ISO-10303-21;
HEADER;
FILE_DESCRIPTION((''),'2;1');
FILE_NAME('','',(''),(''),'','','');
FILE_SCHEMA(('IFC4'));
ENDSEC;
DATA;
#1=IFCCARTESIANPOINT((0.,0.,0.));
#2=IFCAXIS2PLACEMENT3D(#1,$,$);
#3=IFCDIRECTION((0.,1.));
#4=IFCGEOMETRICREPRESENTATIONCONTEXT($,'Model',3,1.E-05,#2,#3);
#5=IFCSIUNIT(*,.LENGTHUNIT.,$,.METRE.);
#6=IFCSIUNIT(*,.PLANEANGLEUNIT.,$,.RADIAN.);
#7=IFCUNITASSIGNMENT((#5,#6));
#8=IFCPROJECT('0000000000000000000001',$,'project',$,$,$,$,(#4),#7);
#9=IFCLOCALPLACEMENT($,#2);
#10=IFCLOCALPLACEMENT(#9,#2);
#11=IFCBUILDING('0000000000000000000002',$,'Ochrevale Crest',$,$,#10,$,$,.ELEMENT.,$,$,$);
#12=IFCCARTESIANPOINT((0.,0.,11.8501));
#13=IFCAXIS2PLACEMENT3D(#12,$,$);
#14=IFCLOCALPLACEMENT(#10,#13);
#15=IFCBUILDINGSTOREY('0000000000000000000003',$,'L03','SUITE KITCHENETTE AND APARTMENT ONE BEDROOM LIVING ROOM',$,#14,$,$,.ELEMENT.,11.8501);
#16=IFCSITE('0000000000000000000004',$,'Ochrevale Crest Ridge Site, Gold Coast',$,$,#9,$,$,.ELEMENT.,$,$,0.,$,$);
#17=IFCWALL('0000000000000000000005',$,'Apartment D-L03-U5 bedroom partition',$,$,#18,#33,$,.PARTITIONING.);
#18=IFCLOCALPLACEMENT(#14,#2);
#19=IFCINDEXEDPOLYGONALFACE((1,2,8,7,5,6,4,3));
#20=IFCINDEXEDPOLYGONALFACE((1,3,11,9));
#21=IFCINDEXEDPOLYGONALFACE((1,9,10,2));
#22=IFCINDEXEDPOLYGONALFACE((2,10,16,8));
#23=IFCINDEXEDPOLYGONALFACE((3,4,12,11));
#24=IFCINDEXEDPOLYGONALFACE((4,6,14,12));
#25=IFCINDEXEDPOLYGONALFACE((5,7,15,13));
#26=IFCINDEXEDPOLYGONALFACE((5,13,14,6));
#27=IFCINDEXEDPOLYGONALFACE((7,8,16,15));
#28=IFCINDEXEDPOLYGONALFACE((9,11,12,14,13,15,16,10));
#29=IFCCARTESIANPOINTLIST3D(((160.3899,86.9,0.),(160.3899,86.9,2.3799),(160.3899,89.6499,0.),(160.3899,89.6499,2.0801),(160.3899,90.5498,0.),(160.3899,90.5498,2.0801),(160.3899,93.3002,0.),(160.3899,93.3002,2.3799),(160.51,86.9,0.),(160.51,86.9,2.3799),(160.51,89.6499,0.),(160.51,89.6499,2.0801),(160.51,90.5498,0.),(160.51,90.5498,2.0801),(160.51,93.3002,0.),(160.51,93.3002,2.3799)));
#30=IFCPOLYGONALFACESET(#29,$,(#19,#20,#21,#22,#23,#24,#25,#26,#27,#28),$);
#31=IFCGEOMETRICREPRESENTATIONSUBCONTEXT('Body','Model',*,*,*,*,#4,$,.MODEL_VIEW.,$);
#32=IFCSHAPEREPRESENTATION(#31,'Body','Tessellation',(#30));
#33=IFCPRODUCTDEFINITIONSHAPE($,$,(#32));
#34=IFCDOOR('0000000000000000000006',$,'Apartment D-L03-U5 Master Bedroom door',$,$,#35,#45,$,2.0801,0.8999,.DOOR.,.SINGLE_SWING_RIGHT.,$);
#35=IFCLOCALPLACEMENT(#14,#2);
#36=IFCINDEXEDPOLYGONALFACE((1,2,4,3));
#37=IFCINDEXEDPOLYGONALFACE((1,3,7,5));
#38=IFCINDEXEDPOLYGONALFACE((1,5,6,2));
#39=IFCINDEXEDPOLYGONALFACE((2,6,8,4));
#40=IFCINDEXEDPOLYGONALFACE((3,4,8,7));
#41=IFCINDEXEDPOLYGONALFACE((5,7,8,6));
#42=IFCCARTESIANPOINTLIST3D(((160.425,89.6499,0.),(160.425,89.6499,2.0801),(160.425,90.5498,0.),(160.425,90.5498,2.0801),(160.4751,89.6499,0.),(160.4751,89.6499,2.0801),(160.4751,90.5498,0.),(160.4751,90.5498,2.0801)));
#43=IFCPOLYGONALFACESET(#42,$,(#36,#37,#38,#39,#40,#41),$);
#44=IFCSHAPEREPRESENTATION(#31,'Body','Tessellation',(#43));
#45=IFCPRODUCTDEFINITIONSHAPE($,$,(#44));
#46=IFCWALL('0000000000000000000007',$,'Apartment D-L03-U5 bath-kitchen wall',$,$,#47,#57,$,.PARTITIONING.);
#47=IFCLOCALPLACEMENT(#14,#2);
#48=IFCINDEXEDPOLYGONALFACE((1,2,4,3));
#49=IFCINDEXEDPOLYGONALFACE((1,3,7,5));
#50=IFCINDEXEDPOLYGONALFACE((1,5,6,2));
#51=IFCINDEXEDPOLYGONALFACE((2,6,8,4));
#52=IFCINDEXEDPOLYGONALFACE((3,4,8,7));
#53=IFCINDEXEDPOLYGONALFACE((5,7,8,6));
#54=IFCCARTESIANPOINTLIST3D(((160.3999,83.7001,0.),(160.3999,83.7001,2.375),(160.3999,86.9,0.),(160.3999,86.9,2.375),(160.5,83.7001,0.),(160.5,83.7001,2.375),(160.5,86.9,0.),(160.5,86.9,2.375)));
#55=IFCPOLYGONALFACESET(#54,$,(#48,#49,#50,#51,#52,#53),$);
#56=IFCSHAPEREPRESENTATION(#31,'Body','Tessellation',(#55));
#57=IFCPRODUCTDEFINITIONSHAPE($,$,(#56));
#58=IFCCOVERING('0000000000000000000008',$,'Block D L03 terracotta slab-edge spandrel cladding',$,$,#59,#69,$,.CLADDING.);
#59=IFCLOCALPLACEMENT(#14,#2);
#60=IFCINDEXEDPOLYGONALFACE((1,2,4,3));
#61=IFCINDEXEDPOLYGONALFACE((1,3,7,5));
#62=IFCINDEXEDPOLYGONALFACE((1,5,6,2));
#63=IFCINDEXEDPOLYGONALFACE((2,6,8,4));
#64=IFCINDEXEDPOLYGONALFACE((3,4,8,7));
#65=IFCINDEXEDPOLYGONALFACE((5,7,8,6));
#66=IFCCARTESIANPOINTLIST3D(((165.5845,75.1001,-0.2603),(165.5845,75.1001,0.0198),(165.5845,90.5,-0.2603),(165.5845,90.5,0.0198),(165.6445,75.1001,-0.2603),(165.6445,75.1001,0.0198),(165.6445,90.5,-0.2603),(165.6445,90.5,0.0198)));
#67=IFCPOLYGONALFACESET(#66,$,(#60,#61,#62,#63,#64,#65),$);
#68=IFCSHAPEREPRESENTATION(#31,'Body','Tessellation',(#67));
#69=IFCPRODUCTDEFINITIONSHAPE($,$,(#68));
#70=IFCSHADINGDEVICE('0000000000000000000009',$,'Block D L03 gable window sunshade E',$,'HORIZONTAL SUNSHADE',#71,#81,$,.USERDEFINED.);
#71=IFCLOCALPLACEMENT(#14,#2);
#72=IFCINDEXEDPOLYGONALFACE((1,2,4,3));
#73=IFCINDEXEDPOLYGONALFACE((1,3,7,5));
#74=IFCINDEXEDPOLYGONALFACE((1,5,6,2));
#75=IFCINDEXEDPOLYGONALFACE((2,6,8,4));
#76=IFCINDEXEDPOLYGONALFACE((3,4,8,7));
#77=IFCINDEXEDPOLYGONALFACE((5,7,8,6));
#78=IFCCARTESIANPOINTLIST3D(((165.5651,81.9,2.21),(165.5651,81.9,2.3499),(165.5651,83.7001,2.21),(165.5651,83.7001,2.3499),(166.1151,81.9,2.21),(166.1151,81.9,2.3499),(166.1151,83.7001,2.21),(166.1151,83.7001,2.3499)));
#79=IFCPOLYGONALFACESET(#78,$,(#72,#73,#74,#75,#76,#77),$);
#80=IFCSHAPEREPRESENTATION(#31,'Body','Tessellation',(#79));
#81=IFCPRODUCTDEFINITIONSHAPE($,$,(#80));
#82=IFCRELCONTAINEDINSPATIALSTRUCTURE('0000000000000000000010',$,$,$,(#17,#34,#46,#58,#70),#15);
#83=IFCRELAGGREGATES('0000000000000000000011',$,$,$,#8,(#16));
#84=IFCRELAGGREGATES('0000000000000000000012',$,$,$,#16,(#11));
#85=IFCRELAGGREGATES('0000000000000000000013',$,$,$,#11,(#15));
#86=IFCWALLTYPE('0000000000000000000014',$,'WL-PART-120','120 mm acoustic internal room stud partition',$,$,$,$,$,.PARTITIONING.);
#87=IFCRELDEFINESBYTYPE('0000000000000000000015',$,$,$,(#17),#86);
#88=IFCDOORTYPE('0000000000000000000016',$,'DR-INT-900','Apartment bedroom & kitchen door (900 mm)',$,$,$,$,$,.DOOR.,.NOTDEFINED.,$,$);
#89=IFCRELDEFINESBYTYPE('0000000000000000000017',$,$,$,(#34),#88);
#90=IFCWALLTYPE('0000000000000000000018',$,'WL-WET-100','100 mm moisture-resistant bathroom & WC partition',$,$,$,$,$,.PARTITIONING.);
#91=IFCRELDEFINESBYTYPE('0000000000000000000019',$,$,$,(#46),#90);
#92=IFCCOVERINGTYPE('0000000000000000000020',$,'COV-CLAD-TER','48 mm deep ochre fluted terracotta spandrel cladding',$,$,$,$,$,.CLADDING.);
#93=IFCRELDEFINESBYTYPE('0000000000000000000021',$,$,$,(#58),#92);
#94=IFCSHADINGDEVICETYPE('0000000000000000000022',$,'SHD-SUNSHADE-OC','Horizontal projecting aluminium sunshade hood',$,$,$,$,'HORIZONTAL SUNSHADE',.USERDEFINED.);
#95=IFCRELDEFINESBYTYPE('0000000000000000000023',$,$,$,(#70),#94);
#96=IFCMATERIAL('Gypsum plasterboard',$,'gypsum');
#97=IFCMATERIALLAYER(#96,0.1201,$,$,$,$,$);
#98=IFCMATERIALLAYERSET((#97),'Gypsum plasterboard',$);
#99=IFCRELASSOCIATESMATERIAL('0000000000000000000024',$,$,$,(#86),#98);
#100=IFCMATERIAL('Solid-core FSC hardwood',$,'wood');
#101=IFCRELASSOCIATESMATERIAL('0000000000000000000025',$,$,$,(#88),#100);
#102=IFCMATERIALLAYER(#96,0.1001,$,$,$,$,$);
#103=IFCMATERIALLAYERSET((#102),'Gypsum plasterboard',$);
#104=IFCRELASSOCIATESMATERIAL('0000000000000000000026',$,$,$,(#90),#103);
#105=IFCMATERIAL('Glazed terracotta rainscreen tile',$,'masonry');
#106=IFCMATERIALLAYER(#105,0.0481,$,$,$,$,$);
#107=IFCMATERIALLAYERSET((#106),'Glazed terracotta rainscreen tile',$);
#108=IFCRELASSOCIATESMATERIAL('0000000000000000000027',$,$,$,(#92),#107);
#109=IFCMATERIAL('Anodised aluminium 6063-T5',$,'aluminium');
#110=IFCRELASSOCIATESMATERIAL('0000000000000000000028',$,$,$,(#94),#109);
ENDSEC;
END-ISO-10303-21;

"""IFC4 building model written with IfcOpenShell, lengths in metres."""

from ifc_helpers import new_model, si_unit, direction, frame, frame_2d, origin, origin_2d, place, context, subcontext, project, spatial, rectangle, extrude, material, layer, layer_set, type_object, element, fill, save


model = new_model("IFC4")

# Units and contexts
model_context = context("Model", 3, precision=1e-05, world=origin(), true_north=direction((0.0, 1.0)))
body_context = subcontext(model_context, "Body", "Model", "MODEL_VIEW")
ifc_project = project(units=[si_unit("LENGTHUNIT", "METRE"), si_unit("PLANEANGLEUNIT", "RADIAN")], contexts=[model_context])

# Site, building, storey
site_placement = place(None, origin())
site = spatial("IfcSite", under=ifc_project, at=site_placement, Name="Ochrevale Crest Ridge Site, Gold Coast", CompositionType="ELEMENT", RefElevation=0.0)
building_placement = place(site_placement, origin())
building = spatial("IfcBuilding", under=site, at=building_placement, Name="Ochrevale Crest", CompositionType="ELEMENT")
storey_placement = place(building_placement, frame((0.0, 0.0, 11.8501)))
storey = spatial("IfcBuildingStorey", under=building, at=storey_placement, Name="L03", Description="SUITE KITCHENETTE AND APARTMENT ONE BEDROOM LIVING ROOM", CompositionType="ELEMENT", Elevation=11.8501)

# Shared definitions
ifc_material_1 = material(Name="Anodised aluminium 6063-T5", Category="aluminium")

# Shared definitions
ifc_material_2 = material(Name="Gypsum plasterboard", Category="gypsum")
ifc_material_3 = material(Name="Solid-core FSC hardwood", Category="wood")

# Shared definitions
ifc_layer_1 = layer(ifc_material_2, 0.1201)
ifc_layer_set_1 = layer_set([ifc_layer_1], Name="Gypsum plasterboard")
wall_type_1 = type_object("IfcWallType", Name="WL-PART-120", Description="120 mm acoustic internal room stud partition", PredefinedType="PARTITIONING", material=ifc_layer_set_1)

# Shared definitions
door_type_1 = type_object("IfcDoorType", Name="DR-INT-900", Description="Apartment bedroom & kitchen door (900 mm)", OperationType="NOTDEFINED", PredefinedType="DOOR", material=ifc_material_3)

# Wall, opening, door
wall_1_placement = place(storey_placement, frame((160.45, 86.8999, 0.0), z_axis=(0.0, 0.0, 1.0), x_axis=(0.0, 1.0, 0.0)))
wall_1 = element("IfcWall", 1, at=wall_1_placement, inside=storey, type_object=wall_type_1, Name="Apartment D-L03-U5 bedroom partition", PredefinedType="PARTITIONING", context=body_context, shape_type="SweptSolid", body=[
    extrude(rectangle(XDim=6.4001, YDim=0.1201, at=frame_2d((3.2002, 0.0))), origin(), (0.0, 0.0, 1.0), 2.3799),
])
opening_1_placement = place(wall_1_placement, frame((2.75, 0.0, 0.0)))
opening_1 = element("IfcOpeningElement", 2, at=opening_1_placement, cuts=wall_1, PredefinedType="OPENING", context=body_context, shape_type="SweptSolid", body=[
    extrude(rectangle(XDim=0.8999, YDim=2.0801, at=frame_2d((0.45, 1.04))), frame((0.0, 0.0701, 0.0), z_axis=(0.0, -1.0, 0.0), x_axis=(1.0, 0.0, 0.0)), (0.0, 0.0, 1.0), 0.1401),
])
door_1_placement = place(opening_1_placement, origin())
door_1 = element("IfcDoor", 3, at=door_1_placement, inside=storey, type_object=door_type_1, Name="Apartment D-L03-U5 Master Bedroom door", OperationType="SINGLE_SWING_RIGHT", OverallHeight=2.0801, OverallWidth=0.8999, PredefinedType="DOOR", context=body_context, shape_type="SweptSolid", body=[
    extrude(rectangle(XDim=0.8999, YDim=2.0801, at=frame_2d((0.45, 1.04))), frame((0.0, 0.0249, 0.0), z_axis=(0.0, -1.0, 0.0), x_axis=(1.0, 0.0, 0.0)), (0.0, 0.0, 1.0), 0.05),
])
fill(opening_1, door_1)

# Wall
ifc_layer_2 = layer(ifc_material_2, 0.1001)
ifc_layer_set_2 = layer_set([ifc_layer_2], Name="Gypsum plasterboard")
wall_type_2 = type_object("IfcWallType", Name="WL-WET-100", Description="100 mm moisture-resistant bathroom & WC partition", PredefinedType="PARTITIONING", material=ifc_layer_set_2)
wall_2_placement = place(storey_placement, frame((160.45, 83.7, 0.0), z_axis=(0.0, 0.0, 1.0), x_axis=(0.0, 1.0, 0.0)))
element("IfcWall", 4, at=wall_2_placement, inside=storey, type_object=wall_type_2, Name="Apartment D-L03-U5 bath-kitchen wall", PredefinedType="PARTITIONING", context=body_context, shape_type="SweptSolid", body=[
    extrude(rectangle(XDim=3.2, YDim=0.1001, at=frame_2d((1.6001, 0.0))), origin(), (0.0, 0.0, 1.0), 2.375),
])

# Covering
ifc_material_4 = material(Name="Glazed terracotta rainscreen tile", Category="masonry")
ifc_layer_3 = layer(ifc_material_4, 0.0481)
ifc_layer_set_3 = layer_set([ifc_layer_3], Name="Glazed terracotta rainscreen tile")
covering_type = type_object("IfcCoveringType", Name="COV-CLAD-TER", Description="48 mm deep ochre fluted terracotta spandrel cladding", PredefinedType="CLADDING", material=ifc_layer_set_3)
covering_placement = place(storey_placement, frame((165.6145, 82.8, -0.2603), z_axis=(0.0, 0.0, 1.0), x_axis=(0.0, 1.0, 0.0)))
element("IfcCovering", 5, at=covering_placement, inside=storey, type_object=covering_type, Name="Block D L03 terracotta slab-edge spandrel cladding", PredefinedType="CLADDING", context=body_context, shape_type="SweptSolid", body=[
    extrude(rectangle(XDim=15.3999, YDim=0.0601, at=origin_2d()), origin(), (0.0, 0.0, 1.0), 0.28),
])

# Shading device
shading_device_type = type_object("IfcShadingDeviceType", Name="SHD-SUNSHADE-OC", Description="Horizontal projecting aluminium sunshade hood", ElementType="HORIZONTAL SUNSHADE", PredefinedType="USERDEFINED", material=ifc_material_1)
shading_device_placement = place(storey_placement, frame((165.8401, 82.8, 2.21), z_axis=(0.0, 0.0, 1.0), x_axis=(1.0, 0.0, 0.0)))
element("IfcShadingDevice", 6, at=shading_device_placement, inside=storey, type_object=shading_device_type, Name="Block D L03 gable window sunshade E", ObjectType="HORIZONTAL SUNSHADE", PredefinedType="USERDEFINED", context=body_context, shape_type="SweptSolid", body=[
    extrude(rectangle(XDim=0.55, YDim=1.8, at=origin_2d()), origin(), (0.0, 0.0, 1.0), 0.1399),
])

save(model, "model.ifc")
